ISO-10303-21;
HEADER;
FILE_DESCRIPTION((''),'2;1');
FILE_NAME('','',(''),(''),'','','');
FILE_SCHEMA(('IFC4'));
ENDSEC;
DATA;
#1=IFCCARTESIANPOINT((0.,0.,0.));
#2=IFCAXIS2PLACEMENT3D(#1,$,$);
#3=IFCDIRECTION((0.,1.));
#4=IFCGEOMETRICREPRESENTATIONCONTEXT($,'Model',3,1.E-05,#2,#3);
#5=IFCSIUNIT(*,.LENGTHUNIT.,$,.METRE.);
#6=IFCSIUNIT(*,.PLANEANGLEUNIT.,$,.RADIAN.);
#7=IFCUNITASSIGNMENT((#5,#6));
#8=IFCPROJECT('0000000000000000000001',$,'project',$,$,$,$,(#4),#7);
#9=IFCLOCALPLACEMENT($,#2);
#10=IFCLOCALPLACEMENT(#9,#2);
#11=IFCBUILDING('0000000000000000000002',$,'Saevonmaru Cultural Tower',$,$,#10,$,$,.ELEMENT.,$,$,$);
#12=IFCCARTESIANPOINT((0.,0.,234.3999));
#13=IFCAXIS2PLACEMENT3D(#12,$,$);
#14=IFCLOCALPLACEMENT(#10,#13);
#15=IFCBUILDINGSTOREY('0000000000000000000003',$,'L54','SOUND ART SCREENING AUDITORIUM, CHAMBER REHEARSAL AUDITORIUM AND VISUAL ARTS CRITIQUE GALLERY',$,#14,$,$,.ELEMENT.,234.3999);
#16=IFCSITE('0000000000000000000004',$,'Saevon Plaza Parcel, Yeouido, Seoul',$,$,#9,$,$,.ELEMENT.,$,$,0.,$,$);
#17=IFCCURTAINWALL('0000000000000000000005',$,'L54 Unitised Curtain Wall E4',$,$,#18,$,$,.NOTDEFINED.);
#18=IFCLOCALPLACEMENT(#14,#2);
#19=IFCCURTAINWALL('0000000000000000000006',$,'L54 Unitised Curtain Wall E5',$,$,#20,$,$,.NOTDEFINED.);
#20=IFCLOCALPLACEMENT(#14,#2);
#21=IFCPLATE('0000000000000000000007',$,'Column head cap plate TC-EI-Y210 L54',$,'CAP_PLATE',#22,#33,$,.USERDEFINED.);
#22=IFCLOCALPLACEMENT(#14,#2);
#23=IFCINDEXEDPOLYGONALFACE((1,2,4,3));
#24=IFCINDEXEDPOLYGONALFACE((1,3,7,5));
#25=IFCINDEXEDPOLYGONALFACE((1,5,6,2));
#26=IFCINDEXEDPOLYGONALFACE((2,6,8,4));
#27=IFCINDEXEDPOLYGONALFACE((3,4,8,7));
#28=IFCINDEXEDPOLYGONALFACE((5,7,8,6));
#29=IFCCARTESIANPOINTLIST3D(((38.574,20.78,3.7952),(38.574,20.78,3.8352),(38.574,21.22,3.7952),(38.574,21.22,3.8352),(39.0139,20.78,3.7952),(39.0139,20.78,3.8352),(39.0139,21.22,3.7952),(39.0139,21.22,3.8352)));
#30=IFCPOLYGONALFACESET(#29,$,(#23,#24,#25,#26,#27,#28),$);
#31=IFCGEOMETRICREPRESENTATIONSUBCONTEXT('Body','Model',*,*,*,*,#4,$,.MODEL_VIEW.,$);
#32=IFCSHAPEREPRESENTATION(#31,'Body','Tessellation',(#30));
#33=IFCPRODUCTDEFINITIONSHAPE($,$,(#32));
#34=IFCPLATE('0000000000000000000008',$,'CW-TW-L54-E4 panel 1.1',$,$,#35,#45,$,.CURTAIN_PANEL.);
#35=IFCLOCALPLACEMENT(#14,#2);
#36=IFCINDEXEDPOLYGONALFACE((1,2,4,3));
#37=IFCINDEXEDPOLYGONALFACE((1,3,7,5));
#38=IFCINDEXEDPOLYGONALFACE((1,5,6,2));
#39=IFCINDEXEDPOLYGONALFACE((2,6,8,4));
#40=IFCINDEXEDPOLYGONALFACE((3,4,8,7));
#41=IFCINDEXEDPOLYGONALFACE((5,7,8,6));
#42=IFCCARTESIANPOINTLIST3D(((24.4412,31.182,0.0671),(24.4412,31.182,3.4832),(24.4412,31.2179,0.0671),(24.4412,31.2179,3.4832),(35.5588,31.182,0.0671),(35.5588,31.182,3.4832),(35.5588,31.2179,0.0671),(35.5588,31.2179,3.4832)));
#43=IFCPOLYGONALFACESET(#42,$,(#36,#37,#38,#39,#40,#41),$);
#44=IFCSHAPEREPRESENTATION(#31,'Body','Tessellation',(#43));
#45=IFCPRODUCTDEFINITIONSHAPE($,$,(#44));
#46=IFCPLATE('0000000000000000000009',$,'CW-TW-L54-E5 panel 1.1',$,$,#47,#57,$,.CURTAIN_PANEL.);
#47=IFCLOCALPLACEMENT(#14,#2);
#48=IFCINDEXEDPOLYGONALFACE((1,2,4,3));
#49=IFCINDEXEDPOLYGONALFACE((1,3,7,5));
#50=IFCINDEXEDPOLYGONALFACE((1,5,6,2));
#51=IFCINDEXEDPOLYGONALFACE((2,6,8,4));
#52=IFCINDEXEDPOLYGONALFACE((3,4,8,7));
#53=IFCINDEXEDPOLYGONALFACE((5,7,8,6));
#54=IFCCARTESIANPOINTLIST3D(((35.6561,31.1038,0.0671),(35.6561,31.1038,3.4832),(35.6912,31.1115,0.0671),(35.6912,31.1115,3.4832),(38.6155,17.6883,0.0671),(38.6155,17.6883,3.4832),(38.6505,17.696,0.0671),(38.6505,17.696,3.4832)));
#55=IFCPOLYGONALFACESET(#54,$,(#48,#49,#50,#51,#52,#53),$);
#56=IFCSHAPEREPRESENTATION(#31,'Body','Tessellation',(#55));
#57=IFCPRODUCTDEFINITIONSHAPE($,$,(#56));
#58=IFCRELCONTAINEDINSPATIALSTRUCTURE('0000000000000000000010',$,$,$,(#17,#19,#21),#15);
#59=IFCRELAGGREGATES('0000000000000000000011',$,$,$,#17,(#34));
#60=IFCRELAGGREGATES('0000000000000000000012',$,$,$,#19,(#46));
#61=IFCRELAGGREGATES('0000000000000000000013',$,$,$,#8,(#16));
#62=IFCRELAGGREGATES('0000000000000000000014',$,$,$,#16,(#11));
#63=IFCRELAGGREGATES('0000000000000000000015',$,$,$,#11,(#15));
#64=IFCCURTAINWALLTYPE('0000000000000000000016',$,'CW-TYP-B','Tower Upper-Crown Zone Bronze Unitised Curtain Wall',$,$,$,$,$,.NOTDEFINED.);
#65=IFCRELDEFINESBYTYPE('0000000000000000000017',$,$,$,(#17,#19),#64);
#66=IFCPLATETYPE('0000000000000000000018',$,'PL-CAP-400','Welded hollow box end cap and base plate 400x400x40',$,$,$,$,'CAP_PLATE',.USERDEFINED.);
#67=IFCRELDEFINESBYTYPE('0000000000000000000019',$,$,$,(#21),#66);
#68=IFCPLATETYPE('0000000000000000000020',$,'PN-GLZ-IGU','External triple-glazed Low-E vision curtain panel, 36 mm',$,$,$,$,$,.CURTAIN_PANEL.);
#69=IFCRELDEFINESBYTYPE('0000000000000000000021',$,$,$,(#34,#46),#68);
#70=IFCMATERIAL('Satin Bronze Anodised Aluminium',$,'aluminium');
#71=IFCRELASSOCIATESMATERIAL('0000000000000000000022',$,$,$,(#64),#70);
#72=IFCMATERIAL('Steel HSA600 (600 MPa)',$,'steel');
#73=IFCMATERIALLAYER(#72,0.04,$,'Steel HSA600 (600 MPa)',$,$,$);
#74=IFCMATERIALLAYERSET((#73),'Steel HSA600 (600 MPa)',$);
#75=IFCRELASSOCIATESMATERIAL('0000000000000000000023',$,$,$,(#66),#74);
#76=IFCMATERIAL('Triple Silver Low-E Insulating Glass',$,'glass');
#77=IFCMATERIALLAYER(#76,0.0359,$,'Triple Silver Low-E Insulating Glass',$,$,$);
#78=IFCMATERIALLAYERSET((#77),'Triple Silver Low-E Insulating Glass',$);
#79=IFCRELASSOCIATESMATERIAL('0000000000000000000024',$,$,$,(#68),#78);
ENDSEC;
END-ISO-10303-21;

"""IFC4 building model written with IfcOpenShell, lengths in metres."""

from ifc_helpers import new_model, si_unit, direction, frame, origin, origin_2d, place, context, subcontext, project, spatial, rectangle, extrude, material, layer, layer_set, type_object, element, aggregate, save


model = new_model("IFC4")

# Units and contexts
model_context = context("Model", 3, precision=1e-05, world=origin(), true_north=direction((0.0, 1.0)))
body_context = subcontext(model_context, "Body", "Model", "MODEL_VIEW")
ifc_project = project(units=[si_unit("LENGTHUNIT", "METRE"), si_unit("PLANEANGLEUNIT", "RADIAN")], contexts=[model_context])

# Site, building, storey
site_placement = place(None, origin())
site = spatial("IfcSite", under=ifc_project, at=site_placement, Name="Saevon Plaza Parcel, Yeouido, Seoul", CompositionType="ELEMENT", RefElevation=0.0)
building_placement = place(site_placement, origin())
building = spatial("IfcBuilding", under=site, at=building_placement, Name="Saevonmaru Cultural Tower", CompositionType="ELEMENT")
storey_placement = place(building_placement, frame((0.0, 0.0, 234.3999)))
storey = spatial("IfcBuildingStorey", under=building, at=storey_placement, Name="L54", Description="SOUND ART SCREENING AUDITORIUM, CHAMBER REHEARSAL AUDITORIUM AND VISUAL ARTS CRITIQUE GALLERY", CompositionType="ELEMENT", Elevation=234.3999)

# Curtain wall
ifc_material_1 = material(Name="Satin Bronze Anodised Aluminium", Category="aluminium")
curtain_wall_type = type_object("IfcCurtainWallType", Name="CW-TYP-B", Description="Tower Upper-Crown Zone Bronze Unitised Curtain Wall", PredefinedType="NOTDEFINED", material=ifc_material_1)
curtain_wall_1_placement = place(storey_placement, origin())
curtain_wall_1 = element("IfcCurtainWall", 1, at=curtain_wall_1_placement, inside=storey, type_object=curtain_wall_type, Name="L54 Unitised Curtain Wall E4", PredefinedType="NOTDEFINED")

# Curtain wall
curtain_wall_2_placement = place(storey_placement, origin())
curtain_wall_2 = element("IfcCurtainWall", 2, at=curtain_wall_2_placement, inside=storey, type_object=curtain_wall_type, Name="L54 Unitised Curtain Wall E5", PredefinedType="NOTDEFINED")

# Plates
ifc_material_2 = material(Name="Steel HSA600 (600 MPa)", Category="steel")
ifc_layer_1 = layer(ifc_material_2, 0.04, Name="Steel HSA600 (600 MPa)")
ifc_layer_set_1 = layer_set([ifc_layer_1], Name="Steel HSA600 (600 MPa)")
plate_type_1 = type_object("IfcPlateType", Name="PL-CAP-400", Description="Welded hollow box end cap and base plate 400x400x40", ElementType="CAP_PLATE", PredefinedType="USERDEFINED", material=ifc_layer_set_1)
plate_1_placement = place(storey_placement, frame((38.7939, 21.0, 3.7952), z_axis=(0.0, 0.0, 1.0), x_axis=(1.0, 0.0, 0.0)))
element("IfcPlate", 3, at=plate_1_placement, inside=storey, type_object=plate_type_1, Name="Column head cap plate TC-EI-Y210 L54", ObjectType="CAP_PLATE", PredefinedType="USERDEFINED", context=body_context, shape_type="SweptSolid", body=[
    extrude(rectangle(XDim=0.4399, YDim=0.4399, at=origin_2d()), origin(), (0.0, 0.0, 1.0), 0.04),
])
ifc_material_3 = material(Name="Triple Silver Low-E Insulating Glass", Category="glass")
ifc_layer_2 = layer(ifc_material_3, 0.0359, Name="Triple Silver Low-E Insulating Glass")
ifc_layer_set_2 = layer_set([ifc_layer_2], Name="Triple Silver Low-E Insulating Glass")
plate_type_2 = type_object("IfcPlateType", Name="PN-GLZ-IGU", Description="External triple-glazed Low-E vision curtain panel, 36 mm", PredefinedType="CURTAIN_PANEL", material=ifc_layer_set_2)
plate_2_placement = place(storey_placement, frame((30.0, 31.2, 0.0671), z_axis=(0.0, 0.0, 1.0), x_axis=(1.0, 0.0, 0.0)))
plate_2 = element("IfcPlate", 4, at=plate_2_placement, type_object=plate_type_2, Name="CW-TW-L54-E4 panel 1.1", PredefinedType="CURTAIN_PANEL", context=body_context, shape_type="SweptSolid", body=[
    extrude(rectangle(XDim=11.1177, YDim=0.0359, at=origin_2d()), origin(), (0.0, 0.0, 1.0), 3.416),
])
aggregate(curtain_wall_1, [plate_2])
plate_3_placement = place(storey_placement, frame((37.1533, 24.3999, 0.0671), z_axis=(0.0, 0.0, 1.0), x_axis=(0.215413, -0.976523, 0.0)))
plate_3 = element("IfcPlate", 5, at=plate_3_placement, type_object=plate_type_2, Name="CW-TW-L54-E5 panel 1.1", PredefinedType="CURTAIN_PANEL", context=body_context, shape_type="SweptSolid", body=[
    extrude(rectangle(XDim=13.738, YDim=0.0359, at=origin_2d()), origin(), (0.0, 0.0, 1.0), 3.416),
])
aggregate(curtain_wall_2, [plate_3])

save(model, "model.ifc")
